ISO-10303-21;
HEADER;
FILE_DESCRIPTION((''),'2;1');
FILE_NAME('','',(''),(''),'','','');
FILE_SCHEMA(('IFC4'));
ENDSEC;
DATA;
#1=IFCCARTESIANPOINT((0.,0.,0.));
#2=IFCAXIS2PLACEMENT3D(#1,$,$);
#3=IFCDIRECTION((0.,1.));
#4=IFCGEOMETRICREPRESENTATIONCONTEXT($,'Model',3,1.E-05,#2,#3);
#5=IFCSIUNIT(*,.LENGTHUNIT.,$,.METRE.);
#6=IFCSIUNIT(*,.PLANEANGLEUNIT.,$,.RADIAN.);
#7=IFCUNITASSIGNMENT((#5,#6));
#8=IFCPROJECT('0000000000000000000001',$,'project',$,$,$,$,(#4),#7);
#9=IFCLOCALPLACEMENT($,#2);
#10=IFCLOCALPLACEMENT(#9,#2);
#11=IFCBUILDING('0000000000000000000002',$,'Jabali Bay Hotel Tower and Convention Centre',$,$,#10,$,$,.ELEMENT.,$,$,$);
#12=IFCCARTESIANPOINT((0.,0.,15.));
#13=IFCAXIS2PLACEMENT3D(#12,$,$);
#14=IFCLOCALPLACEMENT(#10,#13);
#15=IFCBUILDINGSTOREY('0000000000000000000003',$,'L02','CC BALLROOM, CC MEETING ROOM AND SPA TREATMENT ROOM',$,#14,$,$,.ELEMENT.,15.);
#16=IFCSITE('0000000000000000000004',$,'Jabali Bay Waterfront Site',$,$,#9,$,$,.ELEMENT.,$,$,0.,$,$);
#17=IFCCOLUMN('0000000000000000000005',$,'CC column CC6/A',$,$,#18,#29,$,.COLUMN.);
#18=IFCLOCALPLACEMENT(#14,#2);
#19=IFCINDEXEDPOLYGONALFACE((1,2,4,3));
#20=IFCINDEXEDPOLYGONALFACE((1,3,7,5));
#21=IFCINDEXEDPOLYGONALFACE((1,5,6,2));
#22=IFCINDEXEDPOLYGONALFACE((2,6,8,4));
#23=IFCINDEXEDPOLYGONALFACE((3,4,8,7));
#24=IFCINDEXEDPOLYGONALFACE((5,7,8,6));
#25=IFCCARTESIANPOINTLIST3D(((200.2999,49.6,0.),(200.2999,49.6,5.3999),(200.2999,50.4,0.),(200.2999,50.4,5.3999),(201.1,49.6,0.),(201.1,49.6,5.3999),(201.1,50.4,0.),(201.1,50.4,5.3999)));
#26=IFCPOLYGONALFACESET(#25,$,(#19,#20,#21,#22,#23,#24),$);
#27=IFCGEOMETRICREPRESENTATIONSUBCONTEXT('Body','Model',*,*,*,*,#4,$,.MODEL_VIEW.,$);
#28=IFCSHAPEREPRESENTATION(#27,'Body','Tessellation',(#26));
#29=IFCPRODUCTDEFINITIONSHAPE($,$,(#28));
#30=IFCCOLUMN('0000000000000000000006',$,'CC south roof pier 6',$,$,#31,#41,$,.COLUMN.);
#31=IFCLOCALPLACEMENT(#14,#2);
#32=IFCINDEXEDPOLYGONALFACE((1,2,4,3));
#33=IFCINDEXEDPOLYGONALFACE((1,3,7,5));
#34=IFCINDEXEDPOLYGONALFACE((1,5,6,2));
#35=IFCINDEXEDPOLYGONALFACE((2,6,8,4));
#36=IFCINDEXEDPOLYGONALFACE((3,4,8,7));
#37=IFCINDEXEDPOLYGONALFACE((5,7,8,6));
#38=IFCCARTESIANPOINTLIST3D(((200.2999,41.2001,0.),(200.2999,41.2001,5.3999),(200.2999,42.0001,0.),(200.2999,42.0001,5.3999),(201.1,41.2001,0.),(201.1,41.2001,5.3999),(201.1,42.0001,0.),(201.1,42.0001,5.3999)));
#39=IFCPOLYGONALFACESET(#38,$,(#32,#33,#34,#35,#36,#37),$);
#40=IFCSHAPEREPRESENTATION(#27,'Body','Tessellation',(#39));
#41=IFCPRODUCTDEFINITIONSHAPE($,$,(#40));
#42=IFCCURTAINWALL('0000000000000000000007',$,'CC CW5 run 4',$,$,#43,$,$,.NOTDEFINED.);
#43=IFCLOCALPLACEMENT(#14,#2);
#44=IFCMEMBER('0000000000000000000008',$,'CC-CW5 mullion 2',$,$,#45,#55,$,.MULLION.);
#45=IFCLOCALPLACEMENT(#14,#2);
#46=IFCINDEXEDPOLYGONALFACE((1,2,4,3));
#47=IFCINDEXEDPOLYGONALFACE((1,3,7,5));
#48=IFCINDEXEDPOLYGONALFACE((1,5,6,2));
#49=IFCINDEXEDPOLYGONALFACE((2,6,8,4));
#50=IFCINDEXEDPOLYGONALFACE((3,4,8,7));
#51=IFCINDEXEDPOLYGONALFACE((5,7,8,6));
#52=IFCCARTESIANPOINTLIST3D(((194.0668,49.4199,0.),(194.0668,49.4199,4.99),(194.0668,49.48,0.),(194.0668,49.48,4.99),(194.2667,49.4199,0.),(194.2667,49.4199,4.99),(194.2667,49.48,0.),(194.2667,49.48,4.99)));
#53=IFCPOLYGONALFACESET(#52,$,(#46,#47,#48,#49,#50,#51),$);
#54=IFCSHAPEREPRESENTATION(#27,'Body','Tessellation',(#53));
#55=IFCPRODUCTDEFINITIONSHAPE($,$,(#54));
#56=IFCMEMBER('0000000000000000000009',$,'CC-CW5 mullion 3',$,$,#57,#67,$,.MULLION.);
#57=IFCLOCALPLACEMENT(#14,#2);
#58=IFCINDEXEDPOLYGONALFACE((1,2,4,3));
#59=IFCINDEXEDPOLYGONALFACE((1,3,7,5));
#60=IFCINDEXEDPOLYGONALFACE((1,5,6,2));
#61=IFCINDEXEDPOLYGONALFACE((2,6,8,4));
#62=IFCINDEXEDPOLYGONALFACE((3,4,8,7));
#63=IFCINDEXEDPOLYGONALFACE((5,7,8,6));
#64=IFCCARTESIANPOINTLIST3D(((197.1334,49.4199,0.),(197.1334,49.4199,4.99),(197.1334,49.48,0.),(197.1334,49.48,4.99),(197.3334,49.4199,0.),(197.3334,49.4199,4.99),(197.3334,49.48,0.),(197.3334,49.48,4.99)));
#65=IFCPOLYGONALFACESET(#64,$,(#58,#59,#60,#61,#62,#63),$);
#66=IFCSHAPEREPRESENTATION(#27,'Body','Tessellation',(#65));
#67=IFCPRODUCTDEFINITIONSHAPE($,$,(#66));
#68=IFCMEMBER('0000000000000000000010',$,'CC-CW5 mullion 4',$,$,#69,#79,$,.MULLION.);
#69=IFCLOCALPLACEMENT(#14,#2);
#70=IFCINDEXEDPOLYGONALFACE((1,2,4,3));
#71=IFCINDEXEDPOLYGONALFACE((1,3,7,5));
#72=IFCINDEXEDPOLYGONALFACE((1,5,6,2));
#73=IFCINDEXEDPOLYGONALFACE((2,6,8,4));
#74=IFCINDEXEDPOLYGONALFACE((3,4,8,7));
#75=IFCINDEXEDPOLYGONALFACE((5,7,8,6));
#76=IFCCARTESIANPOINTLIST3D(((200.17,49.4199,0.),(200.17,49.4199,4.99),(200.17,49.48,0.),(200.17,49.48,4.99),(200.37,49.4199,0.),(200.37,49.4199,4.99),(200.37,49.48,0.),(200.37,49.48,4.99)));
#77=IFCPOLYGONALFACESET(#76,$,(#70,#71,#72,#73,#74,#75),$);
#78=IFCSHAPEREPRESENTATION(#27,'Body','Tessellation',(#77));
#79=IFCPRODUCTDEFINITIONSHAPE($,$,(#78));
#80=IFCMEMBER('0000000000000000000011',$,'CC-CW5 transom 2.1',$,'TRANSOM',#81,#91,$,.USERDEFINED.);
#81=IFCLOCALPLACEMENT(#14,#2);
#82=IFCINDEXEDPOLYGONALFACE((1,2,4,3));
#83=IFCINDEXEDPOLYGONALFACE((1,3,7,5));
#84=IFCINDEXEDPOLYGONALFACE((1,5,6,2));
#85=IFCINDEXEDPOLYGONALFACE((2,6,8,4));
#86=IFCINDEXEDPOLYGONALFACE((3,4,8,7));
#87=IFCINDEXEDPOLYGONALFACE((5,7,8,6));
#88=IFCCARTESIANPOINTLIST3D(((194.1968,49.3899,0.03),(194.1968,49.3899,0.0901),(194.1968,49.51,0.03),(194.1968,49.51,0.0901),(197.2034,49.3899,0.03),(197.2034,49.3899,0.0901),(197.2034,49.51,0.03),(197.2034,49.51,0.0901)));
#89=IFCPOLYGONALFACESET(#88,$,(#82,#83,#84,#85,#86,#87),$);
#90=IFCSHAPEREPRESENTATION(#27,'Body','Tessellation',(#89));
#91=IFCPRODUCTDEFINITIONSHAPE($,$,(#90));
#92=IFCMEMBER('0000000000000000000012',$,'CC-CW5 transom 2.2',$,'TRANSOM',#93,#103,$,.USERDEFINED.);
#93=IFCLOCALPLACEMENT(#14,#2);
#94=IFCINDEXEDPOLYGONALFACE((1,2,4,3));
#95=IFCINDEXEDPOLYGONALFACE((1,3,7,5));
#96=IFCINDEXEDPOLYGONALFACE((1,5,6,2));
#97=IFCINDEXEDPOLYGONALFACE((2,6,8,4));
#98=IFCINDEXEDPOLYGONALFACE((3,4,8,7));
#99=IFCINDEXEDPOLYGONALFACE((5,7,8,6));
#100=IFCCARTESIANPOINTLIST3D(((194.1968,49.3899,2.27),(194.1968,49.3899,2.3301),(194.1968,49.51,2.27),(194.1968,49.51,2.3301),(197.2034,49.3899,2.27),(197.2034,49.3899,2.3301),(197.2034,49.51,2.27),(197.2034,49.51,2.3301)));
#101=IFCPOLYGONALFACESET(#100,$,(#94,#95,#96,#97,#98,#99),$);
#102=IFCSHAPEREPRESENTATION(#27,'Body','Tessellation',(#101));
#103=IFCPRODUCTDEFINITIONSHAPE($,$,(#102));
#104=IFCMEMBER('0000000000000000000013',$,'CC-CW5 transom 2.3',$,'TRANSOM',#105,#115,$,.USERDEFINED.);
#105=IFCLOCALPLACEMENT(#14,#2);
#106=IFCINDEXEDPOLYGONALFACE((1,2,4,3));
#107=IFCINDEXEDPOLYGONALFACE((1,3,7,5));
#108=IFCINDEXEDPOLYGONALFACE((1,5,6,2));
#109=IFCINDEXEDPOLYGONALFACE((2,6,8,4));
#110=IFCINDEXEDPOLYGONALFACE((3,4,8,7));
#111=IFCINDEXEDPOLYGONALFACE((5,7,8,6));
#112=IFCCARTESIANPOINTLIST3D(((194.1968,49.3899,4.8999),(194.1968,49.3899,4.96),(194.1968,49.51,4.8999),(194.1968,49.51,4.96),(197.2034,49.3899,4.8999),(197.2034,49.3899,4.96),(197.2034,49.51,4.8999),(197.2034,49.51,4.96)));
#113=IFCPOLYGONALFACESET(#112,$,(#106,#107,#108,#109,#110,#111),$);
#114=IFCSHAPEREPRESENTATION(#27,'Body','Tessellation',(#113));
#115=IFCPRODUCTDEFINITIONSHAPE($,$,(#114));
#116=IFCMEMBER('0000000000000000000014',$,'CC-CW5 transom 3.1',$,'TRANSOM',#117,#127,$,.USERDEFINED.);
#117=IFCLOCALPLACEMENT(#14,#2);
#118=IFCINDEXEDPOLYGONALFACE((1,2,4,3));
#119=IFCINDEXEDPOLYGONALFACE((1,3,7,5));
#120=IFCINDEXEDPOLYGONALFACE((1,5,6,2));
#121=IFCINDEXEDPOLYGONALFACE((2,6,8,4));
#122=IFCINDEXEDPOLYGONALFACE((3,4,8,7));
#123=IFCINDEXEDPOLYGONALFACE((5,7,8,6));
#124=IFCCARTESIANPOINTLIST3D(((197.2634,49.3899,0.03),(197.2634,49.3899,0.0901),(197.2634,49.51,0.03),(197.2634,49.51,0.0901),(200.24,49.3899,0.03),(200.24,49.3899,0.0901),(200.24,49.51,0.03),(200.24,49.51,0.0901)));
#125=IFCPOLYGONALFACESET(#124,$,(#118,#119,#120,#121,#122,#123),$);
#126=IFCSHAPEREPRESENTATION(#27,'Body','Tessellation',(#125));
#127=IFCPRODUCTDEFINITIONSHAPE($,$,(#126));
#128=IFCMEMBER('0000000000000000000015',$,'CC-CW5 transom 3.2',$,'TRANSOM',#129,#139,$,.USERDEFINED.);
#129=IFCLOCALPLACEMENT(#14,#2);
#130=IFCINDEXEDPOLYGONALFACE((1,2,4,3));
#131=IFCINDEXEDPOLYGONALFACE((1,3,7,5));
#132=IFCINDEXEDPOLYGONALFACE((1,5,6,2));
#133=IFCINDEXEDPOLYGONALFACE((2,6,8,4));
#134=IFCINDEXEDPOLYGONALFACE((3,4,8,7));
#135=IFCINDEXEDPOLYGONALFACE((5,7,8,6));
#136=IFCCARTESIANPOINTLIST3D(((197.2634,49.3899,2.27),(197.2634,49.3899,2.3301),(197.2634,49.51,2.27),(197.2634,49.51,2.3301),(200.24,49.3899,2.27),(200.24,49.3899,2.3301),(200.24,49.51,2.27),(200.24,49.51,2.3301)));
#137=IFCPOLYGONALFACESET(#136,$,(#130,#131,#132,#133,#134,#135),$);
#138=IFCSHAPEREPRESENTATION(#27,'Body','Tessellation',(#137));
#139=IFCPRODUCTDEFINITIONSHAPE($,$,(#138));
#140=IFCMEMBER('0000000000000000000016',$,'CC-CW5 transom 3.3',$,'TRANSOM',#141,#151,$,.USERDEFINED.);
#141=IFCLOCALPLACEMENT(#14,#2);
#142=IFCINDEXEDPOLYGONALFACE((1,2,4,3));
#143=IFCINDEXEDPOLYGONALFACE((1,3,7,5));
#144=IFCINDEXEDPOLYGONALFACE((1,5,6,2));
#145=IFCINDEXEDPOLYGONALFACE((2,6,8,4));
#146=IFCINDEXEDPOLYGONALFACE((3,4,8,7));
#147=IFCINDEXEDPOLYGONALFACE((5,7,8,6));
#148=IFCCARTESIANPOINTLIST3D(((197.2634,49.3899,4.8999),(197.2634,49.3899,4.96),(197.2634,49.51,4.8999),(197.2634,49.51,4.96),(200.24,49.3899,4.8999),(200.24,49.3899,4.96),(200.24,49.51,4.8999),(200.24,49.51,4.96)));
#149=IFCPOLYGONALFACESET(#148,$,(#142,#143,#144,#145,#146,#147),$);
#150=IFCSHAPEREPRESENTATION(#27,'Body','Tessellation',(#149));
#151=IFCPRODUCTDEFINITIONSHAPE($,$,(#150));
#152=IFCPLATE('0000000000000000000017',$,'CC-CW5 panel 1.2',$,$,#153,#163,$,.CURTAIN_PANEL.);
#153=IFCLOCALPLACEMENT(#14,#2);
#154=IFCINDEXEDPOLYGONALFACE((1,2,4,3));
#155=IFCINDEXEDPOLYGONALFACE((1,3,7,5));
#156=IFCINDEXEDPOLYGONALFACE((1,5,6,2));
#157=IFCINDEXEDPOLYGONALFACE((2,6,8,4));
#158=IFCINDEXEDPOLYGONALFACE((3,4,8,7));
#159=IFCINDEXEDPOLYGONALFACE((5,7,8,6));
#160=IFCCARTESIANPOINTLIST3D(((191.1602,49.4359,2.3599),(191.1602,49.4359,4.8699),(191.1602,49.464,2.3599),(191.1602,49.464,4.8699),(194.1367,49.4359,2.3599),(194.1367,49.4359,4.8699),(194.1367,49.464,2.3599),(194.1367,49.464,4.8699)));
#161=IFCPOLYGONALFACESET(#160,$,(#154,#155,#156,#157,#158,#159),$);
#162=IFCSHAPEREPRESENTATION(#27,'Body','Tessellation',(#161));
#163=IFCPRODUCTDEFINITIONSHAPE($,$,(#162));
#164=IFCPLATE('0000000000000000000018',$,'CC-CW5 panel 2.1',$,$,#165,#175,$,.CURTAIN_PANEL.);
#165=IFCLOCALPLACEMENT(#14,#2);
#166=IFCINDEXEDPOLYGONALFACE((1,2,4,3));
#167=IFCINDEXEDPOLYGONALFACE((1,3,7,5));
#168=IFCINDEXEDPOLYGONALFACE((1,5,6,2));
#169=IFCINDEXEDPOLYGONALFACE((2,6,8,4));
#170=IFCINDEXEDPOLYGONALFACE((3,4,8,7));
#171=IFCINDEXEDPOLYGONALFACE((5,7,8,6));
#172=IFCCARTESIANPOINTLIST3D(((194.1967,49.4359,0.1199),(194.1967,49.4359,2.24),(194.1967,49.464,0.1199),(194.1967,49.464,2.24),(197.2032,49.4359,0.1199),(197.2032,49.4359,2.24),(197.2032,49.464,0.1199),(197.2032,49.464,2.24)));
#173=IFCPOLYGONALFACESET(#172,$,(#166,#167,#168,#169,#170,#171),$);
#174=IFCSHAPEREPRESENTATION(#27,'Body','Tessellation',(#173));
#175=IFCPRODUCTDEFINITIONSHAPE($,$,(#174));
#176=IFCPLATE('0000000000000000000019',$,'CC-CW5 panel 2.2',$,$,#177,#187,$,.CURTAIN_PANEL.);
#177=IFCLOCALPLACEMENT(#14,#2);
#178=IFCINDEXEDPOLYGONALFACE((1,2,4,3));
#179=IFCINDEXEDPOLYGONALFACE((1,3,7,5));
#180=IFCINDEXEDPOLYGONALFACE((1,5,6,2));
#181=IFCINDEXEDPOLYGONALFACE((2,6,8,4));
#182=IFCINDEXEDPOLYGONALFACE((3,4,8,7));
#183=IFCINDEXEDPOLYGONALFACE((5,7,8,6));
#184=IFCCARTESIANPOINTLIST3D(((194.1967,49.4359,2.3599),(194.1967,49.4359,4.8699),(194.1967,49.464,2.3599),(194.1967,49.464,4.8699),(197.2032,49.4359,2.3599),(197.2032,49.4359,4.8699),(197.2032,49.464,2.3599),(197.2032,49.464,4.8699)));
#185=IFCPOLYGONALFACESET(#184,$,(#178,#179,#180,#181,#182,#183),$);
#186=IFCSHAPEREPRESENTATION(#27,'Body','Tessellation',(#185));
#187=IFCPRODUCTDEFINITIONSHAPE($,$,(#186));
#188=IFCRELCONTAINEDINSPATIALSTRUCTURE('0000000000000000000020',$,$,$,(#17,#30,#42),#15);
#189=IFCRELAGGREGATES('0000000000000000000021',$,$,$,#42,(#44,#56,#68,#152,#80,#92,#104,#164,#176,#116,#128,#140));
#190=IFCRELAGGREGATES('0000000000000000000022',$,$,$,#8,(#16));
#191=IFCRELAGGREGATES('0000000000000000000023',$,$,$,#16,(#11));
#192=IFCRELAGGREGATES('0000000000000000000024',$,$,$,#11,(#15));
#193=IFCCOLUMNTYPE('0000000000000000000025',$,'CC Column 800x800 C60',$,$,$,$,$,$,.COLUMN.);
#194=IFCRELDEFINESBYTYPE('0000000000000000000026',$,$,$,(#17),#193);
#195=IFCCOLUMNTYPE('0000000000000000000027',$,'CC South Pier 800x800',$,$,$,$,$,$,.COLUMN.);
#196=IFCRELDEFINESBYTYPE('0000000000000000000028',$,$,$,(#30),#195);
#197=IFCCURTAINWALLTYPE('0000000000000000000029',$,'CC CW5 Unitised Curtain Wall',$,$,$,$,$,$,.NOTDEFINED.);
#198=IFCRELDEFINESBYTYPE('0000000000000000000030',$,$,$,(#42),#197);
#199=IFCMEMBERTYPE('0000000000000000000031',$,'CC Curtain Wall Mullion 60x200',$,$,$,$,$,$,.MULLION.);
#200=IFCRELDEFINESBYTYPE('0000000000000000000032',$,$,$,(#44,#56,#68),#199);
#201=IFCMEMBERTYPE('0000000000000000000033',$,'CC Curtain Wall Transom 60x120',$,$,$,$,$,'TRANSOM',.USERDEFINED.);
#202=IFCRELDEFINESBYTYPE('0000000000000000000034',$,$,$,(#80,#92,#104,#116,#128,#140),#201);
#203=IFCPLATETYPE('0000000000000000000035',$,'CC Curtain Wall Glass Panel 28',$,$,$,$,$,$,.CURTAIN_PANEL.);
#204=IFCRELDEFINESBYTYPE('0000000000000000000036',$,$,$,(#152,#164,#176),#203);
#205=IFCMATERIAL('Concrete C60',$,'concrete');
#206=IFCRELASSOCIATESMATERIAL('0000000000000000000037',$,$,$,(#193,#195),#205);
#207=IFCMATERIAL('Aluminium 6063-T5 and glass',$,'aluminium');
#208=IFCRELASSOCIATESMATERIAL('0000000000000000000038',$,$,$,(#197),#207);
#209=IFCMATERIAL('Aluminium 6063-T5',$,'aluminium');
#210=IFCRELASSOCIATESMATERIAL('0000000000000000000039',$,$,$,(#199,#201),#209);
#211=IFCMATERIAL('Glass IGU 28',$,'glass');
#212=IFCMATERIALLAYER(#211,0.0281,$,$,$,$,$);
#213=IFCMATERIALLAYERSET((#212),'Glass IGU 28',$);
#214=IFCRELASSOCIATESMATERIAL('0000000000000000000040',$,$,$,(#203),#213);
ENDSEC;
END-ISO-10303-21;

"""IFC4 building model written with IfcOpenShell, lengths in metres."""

from ifc_helpers import new_model, si_unit, direction, frame, origin, origin_2d, place, context, subcontext, project, spatial, rectangle, extrude, material, layer, layer_set, material_profile, profile_set, type_object, element, aggregate, save


model = new_model("IFC4")

# Units and contexts
model_context = context("Model", 3, precision=1e-05, world=origin(), true_north=direction((0.0, 1.0)))
body_context = subcontext(model_context, "Body", "Model", "MODEL_VIEW")
ifc_project = project(units=[si_unit("LENGTHUNIT", "METRE"), si_unit("PLANEANGLEUNIT", "RADIAN")], contexts=[model_context])

# Site, building, storey
site_placement = place(None, origin())
site = spatial("IfcSite", under=ifc_project, at=site_placement, Name="Jabali Bay Waterfront Site", CompositionType="ELEMENT", RefElevation=0.0)
building_placement = place(site_placement, origin())
building = spatial("IfcBuilding", under=site, at=building_placement, Name="Jabali Bay Hotel Tower and Convention Centre", CompositionType="ELEMENT")
storey_placement = place(building_placement, frame((0.0, 0.0, 15.0)))
storey = spatial("IfcBuildingStorey", under=building, at=storey_placement, Name="L02", Description="CC BALLROOM, CC MEETING ROOM AND SPA TREATMENT ROOM", CompositionType="ELEMENT", Elevation=15.0)

# Columns
ifc_material_1 = material(Name="Concrete C60", Category="concrete")
ifc_material_profile_1 = material_profile(ifc_material_1, rectangle(XDim=0.8, YDim=0.8, at=origin_2d()), Name="RC 800x800")
ifc_profile_set_1 = profile_set([ifc_material_profile_1], Name="Concrete C60")
column_type_1 = type_object("IfcColumnType", Name="CC Column 800x800 C60", PredefinedType="COLUMN", material=ifc_profile_set_1)
column_1_placement = place(storey_placement, frame((200.7, 50.0, 0.0), z_axis=(0.0, 0.0, 1.0), x_axis=(1.0, 0.0, 0.0)))
element("IfcColumn", 1, at=column_1_placement, inside=storey, type_object=column_type_1, Name="CC column CC6/A", PredefinedType="COLUMN", context=body_context, shape_type="SweptSolid", body=[
    extrude(rectangle(XDim=0.8, YDim=0.8, at=origin_2d()), origin(), (0.0, 0.0, 1.0), 5.3999),
])
ifc_material_profile_2 = material_profile(ifc_material_1, rectangle(XDim=0.8, YDim=0.8, at=origin_2d()), Name="RC 800x800")
ifc_profile_set_2 = profile_set([ifc_material_profile_2], Name="Concrete C60")
column_type_2 = type_object("IfcColumnType", Name="CC South Pier 800x800", PredefinedType="COLUMN", material=ifc_profile_set_2)
column_2_placement = place(storey_placement, frame((200.7, 41.6001, 0.0), z_axis=(0.0, 0.0, 1.0), x_axis=(1.0, 0.0, 0.0)))
element("IfcColumn", 2, at=column_2_placement, inside=storey, type_object=column_type_2, Name="CC south roof pier 6", PredefinedType="COLUMN", context=body_context, shape_type="SweptSolid", body=[
    extrude(rectangle(XDim=0.8, YDim=0.8, at=origin_2d()), origin(), (0.0, 0.0, 1.0), 5.3999),
])

# Curtain wall, members, plates
ifc_material_2 = material(Name="Aluminium 6063-T5 and glass", Category="aluminium")
curtain_wall_type = type_object("IfcCurtainWallType", Name="CC CW5 Unitised Curtain Wall", PredefinedType="NOTDEFINED", material=ifc_material_2)
curtain_wall_placement = place(storey_placement, origin())
curtain_wall = element("IfcCurtainWall", 3, at=curtain_wall_placement, inside=storey, type_object=curtain_wall_type, Name="CC CW5 run 4", PredefinedType="NOTDEFINED")
ifc_material_3 = material(Name="Aluminium 6063-T5", Category="aluminium")
ifc_material_profile_3 = material_profile(ifc_material_3, rectangle(XDim=0.0601, YDim=0.2, at=origin_2d()), Name="AL 60x200")
ifc_profile_set_3 = profile_set([ifc_material_profile_3], Name="Aluminium 6063-T5")
member_type_1 = type_object("IfcMemberType", Name="CC Curtain Wall Mullion 60x200", PredefinedType="MULLION", material=ifc_profile_set_3)
member_1_placement = place(storey_placement, frame((194.1667, 49.45, 0.0), z_axis=(0.0, 0.0, 1.0), x_axis=(0.0, 1.0, 0.0)))
member_1 = element("IfcMember", 4, at=member_1_placement, type_object=member_type_1, Name="CC-CW5 mullion 2", PredefinedType="MULLION", context=body_context, shape_type="SweptSolid", body=[
    extrude(rectangle(XDim=0.0601, YDim=0.2, at=origin_2d()), origin(), (0.0, 0.0, 1.0), 4.99),
])
member_2_placement = place(storey_placement, frame((197.2334, 49.45, 0.0), z_axis=(0.0, 0.0, 1.0), x_axis=(0.0, 1.0, 0.0)))
member_2 = element("IfcMember", 5, at=member_2_placement, type_object=member_type_1, Name="CC-CW5 mullion 3", PredefinedType="MULLION", context=body_context, shape_type="SweptSolid", body=[
    extrude(rectangle(XDim=0.0601, YDim=0.2, at=origin_2d()), origin(), (0.0, 0.0, 1.0), 4.99),
])
member_3_placement = place(storey_placement, frame((200.27, 49.45, 0.0), z_axis=(0.0, 0.0, 1.0), x_axis=(0.0, 1.0, 0.0)))
member_3 = element("IfcMember", 6, at=member_3_placement, type_object=member_type_1, Name="CC-CW5 mullion 4", PredefinedType="MULLION", context=body_context, shape_type="SweptSolid", body=[
    extrude(rectangle(XDim=0.0601, YDim=0.2, at=origin_2d()), origin(), (0.0, 0.0, 1.0), 4.99),
])
ifc_material_profile_4 = material_profile(ifc_material_3, rectangle(XDim=0.1201, YDim=0.0601, at=origin_2d()), Name="AL 120x60")
ifc_profile_set_4 = profile_set([ifc_material_profile_4], Name="Aluminium 6063-T5")
member_type_2 = type_object("IfcMemberType", Name="CC Curtain Wall Transom 60x120", ElementType="TRANSOM", PredefinedType="USERDEFINED", material=ifc_profile_set_4)
member_4_placement = place(storey_placement, frame((194.1968, 49.45, 0.0601), z_axis=(1.0, 0.0, 0.0), x_axis=(0.0, 1.0, 0.0)))
member_4 = element("IfcMember", 7, at=member_4_placement, type_object=member_type_2, Name="CC-CW5 transom 2.1", ObjectType="TRANSOM", PredefinedType="USERDEFINED", context=body_context, shape_type="SweptSolid", body=[
    extrude(rectangle(XDim=0.1201, YDim=0.0601, at=origin_2d()), origin(), (0.0, 0.0, 1.0), 3.0066),
])
member_5_placement = place(storey_placement, frame((194.1968, 49.45, 2.3), z_axis=(1.0, 0.0, 0.0), x_axis=(0.0, 1.0, 0.0)))
member_5 = element("IfcMember", 8, at=member_5_placement, type_object=member_type_2, Name="CC-CW5 transom 2.2", ObjectType="TRANSOM", PredefinedType="USERDEFINED", context=body_context, shape_type="SweptSolid", body=[
    extrude(rectangle(XDim=0.1201, YDim=0.0601, at=origin_2d()), origin(), (0.0, 0.0, 1.0), 3.0066),
])
member_6_placement = place(storey_placement, frame((194.1968, 49.45, 4.9299), z_axis=(1.0, 0.0, 0.0), x_axis=(0.0, 1.0, 0.0)))
member_6 = element("IfcMember", 9, at=member_6_placement, type_object=member_type_2, Name="CC-CW5 transom 2.3", ObjectType="TRANSOM", PredefinedType="USERDEFINED", context=body_context, shape_type="SweptSolid", body=[
    extrude(rectangle(XDim=0.1201, YDim=0.0601, at=origin_2d()), origin(), (0.0, 0.0, 1.0), 3.0066),
])
member_7_placement = place(storey_placement, frame((197.2634, 49.45, 0.0601), z_axis=(1.0, 0.0, 0.0), x_axis=(0.0, 1.0, 0.0)))
member_7 = element("IfcMember", 10, at=member_7_placement, type_object=member_type_2, Name="CC-CW5 transom 3.1", ObjectType="TRANSOM", PredefinedType="USERDEFINED", context=body_context, shape_type="SweptSolid", body=[
    extrude(rectangle(XDim=0.1201, YDim=0.0601, at=origin_2d()), origin(), (0.0, 0.0, 1.0), 2.9766),
])
member_8_placement = place(storey_placement, frame((197.2634, 49.45, 2.3), z_axis=(1.0, 0.0, 0.0), x_axis=(0.0, 1.0, 0.0)))
member_8 = element("IfcMember", 11, at=member_8_placement, type_object=member_type_2, Name="CC-CW5 transom 3.2", ObjectType="TRANSOM", PredefinedType="USERDEFINED", context=body_context, shape_type="SweptSolid", body=[
    extrude(rectangle(XDim=0.1201, YDim=0.0601, at=origin_2d()), origin(), (0.0, 0.0, 1.0), 2.9766),
])
member_9_placement = place(storey_placement, frame((197.2634, 49.45, 4.9299), z_axis=(1.0, 0.0, 0.0), x_axis=(0.0, 1.0, 0.0)))
member_9 = element("IfcMember", 12, at=member_9_placement, type_object=member_type_2, Name="CC-CW5 transom 3.3", ObjectType="TRANSOM", PredefinedType="USERDEFINED", context=body_context, shape_type="SweptSolid", body=[
    extrude(rectangle(XDim=0.1201, YDim=0.0601, at=origin_2d()), origin(), (0.0, 0.0, 1.0), 2.9766),
])
ifc_material_4 = material(Name="Glass IGU 28", Category="glass")
ifc_layer_1 = layer(ifc_material_4, 0.0281)
ifc_layer_set_1 = layer_set([ifc_layer_1], Name="Glass IGU 28")
plate_type = type_object("IfcPlateType", Name="CC Curtain Wall Glass Panel 28", PredefinedType="CURTAIN_PANEL", material=ifc_layer_set_1)
plate_1_placement = place(storey_placement, frame((192.6484, 49.45, 2.3599), z_axis=(0.0, 0.0, 1.0), x_axis=(1.0, 0.0, 0.0)))
plate_1 = element("IfcPlate", 13, at=plate_1_placement, type_object=plate_type, Name="CC-CW5 panel 1.2", PredefinedType="CURTAIN_PANEL", context=body_context, shape_type="SweptSolid", body=[
    extrude(rectangle(XDim=2.9766, YDim=0.0281, at=origin_2d()), origin(), (0.0, 0.0, 1.0), 2.51),
])
plate_2_placement = place(storey_placement, frame((195.7, 49.45, 0.1199), z_axis=(0.0, 0.0, 1.0), x_axis=(1.0, 0.0, 0.0)))
plate_2 = element("IfcPlate", 14, at=plate_2_placement, type_object=plate_type, Name="CC-CW5 panel 2.1", PredefinedType="CURTAIN_PANEL", context=body_context, shape_type="SweptSolid", body=[
    extrude(rectangle(XDim=3.0066, YDim=0.0281, at=origin_2d()), origin(), (0.0, 0.0, 1.0), 2.1201),
])
plate_3_placement = place(storey_placement, frame((195.7, 49.45, 2.3599), z_axis=(0.0, 0.0, 1.0), x_axis=(1.0, 0.0, 0.0)))
plate_3 = element("IfcPlate", 15, at=plate_3_placement, type_object=plate_type, Name="CC-CW5 panel 2.2", PredefinedType="CURTAIN_PANEL", context=body_context, shape_type="SweptSolid", body=[
    extrude(rectangle(XDim=3.0066, YDim=0.0281, at=origin_2d()), origin(), (0.0, 0.0, 1.0), 2.51),
])
aggregate(curtain_wall, [member_1, member_2, member_3, plate_1, member_4, member_5, member_6, plate_2, plate_3, member_7, member_8, member_9])

save(model, "model.ifc")
